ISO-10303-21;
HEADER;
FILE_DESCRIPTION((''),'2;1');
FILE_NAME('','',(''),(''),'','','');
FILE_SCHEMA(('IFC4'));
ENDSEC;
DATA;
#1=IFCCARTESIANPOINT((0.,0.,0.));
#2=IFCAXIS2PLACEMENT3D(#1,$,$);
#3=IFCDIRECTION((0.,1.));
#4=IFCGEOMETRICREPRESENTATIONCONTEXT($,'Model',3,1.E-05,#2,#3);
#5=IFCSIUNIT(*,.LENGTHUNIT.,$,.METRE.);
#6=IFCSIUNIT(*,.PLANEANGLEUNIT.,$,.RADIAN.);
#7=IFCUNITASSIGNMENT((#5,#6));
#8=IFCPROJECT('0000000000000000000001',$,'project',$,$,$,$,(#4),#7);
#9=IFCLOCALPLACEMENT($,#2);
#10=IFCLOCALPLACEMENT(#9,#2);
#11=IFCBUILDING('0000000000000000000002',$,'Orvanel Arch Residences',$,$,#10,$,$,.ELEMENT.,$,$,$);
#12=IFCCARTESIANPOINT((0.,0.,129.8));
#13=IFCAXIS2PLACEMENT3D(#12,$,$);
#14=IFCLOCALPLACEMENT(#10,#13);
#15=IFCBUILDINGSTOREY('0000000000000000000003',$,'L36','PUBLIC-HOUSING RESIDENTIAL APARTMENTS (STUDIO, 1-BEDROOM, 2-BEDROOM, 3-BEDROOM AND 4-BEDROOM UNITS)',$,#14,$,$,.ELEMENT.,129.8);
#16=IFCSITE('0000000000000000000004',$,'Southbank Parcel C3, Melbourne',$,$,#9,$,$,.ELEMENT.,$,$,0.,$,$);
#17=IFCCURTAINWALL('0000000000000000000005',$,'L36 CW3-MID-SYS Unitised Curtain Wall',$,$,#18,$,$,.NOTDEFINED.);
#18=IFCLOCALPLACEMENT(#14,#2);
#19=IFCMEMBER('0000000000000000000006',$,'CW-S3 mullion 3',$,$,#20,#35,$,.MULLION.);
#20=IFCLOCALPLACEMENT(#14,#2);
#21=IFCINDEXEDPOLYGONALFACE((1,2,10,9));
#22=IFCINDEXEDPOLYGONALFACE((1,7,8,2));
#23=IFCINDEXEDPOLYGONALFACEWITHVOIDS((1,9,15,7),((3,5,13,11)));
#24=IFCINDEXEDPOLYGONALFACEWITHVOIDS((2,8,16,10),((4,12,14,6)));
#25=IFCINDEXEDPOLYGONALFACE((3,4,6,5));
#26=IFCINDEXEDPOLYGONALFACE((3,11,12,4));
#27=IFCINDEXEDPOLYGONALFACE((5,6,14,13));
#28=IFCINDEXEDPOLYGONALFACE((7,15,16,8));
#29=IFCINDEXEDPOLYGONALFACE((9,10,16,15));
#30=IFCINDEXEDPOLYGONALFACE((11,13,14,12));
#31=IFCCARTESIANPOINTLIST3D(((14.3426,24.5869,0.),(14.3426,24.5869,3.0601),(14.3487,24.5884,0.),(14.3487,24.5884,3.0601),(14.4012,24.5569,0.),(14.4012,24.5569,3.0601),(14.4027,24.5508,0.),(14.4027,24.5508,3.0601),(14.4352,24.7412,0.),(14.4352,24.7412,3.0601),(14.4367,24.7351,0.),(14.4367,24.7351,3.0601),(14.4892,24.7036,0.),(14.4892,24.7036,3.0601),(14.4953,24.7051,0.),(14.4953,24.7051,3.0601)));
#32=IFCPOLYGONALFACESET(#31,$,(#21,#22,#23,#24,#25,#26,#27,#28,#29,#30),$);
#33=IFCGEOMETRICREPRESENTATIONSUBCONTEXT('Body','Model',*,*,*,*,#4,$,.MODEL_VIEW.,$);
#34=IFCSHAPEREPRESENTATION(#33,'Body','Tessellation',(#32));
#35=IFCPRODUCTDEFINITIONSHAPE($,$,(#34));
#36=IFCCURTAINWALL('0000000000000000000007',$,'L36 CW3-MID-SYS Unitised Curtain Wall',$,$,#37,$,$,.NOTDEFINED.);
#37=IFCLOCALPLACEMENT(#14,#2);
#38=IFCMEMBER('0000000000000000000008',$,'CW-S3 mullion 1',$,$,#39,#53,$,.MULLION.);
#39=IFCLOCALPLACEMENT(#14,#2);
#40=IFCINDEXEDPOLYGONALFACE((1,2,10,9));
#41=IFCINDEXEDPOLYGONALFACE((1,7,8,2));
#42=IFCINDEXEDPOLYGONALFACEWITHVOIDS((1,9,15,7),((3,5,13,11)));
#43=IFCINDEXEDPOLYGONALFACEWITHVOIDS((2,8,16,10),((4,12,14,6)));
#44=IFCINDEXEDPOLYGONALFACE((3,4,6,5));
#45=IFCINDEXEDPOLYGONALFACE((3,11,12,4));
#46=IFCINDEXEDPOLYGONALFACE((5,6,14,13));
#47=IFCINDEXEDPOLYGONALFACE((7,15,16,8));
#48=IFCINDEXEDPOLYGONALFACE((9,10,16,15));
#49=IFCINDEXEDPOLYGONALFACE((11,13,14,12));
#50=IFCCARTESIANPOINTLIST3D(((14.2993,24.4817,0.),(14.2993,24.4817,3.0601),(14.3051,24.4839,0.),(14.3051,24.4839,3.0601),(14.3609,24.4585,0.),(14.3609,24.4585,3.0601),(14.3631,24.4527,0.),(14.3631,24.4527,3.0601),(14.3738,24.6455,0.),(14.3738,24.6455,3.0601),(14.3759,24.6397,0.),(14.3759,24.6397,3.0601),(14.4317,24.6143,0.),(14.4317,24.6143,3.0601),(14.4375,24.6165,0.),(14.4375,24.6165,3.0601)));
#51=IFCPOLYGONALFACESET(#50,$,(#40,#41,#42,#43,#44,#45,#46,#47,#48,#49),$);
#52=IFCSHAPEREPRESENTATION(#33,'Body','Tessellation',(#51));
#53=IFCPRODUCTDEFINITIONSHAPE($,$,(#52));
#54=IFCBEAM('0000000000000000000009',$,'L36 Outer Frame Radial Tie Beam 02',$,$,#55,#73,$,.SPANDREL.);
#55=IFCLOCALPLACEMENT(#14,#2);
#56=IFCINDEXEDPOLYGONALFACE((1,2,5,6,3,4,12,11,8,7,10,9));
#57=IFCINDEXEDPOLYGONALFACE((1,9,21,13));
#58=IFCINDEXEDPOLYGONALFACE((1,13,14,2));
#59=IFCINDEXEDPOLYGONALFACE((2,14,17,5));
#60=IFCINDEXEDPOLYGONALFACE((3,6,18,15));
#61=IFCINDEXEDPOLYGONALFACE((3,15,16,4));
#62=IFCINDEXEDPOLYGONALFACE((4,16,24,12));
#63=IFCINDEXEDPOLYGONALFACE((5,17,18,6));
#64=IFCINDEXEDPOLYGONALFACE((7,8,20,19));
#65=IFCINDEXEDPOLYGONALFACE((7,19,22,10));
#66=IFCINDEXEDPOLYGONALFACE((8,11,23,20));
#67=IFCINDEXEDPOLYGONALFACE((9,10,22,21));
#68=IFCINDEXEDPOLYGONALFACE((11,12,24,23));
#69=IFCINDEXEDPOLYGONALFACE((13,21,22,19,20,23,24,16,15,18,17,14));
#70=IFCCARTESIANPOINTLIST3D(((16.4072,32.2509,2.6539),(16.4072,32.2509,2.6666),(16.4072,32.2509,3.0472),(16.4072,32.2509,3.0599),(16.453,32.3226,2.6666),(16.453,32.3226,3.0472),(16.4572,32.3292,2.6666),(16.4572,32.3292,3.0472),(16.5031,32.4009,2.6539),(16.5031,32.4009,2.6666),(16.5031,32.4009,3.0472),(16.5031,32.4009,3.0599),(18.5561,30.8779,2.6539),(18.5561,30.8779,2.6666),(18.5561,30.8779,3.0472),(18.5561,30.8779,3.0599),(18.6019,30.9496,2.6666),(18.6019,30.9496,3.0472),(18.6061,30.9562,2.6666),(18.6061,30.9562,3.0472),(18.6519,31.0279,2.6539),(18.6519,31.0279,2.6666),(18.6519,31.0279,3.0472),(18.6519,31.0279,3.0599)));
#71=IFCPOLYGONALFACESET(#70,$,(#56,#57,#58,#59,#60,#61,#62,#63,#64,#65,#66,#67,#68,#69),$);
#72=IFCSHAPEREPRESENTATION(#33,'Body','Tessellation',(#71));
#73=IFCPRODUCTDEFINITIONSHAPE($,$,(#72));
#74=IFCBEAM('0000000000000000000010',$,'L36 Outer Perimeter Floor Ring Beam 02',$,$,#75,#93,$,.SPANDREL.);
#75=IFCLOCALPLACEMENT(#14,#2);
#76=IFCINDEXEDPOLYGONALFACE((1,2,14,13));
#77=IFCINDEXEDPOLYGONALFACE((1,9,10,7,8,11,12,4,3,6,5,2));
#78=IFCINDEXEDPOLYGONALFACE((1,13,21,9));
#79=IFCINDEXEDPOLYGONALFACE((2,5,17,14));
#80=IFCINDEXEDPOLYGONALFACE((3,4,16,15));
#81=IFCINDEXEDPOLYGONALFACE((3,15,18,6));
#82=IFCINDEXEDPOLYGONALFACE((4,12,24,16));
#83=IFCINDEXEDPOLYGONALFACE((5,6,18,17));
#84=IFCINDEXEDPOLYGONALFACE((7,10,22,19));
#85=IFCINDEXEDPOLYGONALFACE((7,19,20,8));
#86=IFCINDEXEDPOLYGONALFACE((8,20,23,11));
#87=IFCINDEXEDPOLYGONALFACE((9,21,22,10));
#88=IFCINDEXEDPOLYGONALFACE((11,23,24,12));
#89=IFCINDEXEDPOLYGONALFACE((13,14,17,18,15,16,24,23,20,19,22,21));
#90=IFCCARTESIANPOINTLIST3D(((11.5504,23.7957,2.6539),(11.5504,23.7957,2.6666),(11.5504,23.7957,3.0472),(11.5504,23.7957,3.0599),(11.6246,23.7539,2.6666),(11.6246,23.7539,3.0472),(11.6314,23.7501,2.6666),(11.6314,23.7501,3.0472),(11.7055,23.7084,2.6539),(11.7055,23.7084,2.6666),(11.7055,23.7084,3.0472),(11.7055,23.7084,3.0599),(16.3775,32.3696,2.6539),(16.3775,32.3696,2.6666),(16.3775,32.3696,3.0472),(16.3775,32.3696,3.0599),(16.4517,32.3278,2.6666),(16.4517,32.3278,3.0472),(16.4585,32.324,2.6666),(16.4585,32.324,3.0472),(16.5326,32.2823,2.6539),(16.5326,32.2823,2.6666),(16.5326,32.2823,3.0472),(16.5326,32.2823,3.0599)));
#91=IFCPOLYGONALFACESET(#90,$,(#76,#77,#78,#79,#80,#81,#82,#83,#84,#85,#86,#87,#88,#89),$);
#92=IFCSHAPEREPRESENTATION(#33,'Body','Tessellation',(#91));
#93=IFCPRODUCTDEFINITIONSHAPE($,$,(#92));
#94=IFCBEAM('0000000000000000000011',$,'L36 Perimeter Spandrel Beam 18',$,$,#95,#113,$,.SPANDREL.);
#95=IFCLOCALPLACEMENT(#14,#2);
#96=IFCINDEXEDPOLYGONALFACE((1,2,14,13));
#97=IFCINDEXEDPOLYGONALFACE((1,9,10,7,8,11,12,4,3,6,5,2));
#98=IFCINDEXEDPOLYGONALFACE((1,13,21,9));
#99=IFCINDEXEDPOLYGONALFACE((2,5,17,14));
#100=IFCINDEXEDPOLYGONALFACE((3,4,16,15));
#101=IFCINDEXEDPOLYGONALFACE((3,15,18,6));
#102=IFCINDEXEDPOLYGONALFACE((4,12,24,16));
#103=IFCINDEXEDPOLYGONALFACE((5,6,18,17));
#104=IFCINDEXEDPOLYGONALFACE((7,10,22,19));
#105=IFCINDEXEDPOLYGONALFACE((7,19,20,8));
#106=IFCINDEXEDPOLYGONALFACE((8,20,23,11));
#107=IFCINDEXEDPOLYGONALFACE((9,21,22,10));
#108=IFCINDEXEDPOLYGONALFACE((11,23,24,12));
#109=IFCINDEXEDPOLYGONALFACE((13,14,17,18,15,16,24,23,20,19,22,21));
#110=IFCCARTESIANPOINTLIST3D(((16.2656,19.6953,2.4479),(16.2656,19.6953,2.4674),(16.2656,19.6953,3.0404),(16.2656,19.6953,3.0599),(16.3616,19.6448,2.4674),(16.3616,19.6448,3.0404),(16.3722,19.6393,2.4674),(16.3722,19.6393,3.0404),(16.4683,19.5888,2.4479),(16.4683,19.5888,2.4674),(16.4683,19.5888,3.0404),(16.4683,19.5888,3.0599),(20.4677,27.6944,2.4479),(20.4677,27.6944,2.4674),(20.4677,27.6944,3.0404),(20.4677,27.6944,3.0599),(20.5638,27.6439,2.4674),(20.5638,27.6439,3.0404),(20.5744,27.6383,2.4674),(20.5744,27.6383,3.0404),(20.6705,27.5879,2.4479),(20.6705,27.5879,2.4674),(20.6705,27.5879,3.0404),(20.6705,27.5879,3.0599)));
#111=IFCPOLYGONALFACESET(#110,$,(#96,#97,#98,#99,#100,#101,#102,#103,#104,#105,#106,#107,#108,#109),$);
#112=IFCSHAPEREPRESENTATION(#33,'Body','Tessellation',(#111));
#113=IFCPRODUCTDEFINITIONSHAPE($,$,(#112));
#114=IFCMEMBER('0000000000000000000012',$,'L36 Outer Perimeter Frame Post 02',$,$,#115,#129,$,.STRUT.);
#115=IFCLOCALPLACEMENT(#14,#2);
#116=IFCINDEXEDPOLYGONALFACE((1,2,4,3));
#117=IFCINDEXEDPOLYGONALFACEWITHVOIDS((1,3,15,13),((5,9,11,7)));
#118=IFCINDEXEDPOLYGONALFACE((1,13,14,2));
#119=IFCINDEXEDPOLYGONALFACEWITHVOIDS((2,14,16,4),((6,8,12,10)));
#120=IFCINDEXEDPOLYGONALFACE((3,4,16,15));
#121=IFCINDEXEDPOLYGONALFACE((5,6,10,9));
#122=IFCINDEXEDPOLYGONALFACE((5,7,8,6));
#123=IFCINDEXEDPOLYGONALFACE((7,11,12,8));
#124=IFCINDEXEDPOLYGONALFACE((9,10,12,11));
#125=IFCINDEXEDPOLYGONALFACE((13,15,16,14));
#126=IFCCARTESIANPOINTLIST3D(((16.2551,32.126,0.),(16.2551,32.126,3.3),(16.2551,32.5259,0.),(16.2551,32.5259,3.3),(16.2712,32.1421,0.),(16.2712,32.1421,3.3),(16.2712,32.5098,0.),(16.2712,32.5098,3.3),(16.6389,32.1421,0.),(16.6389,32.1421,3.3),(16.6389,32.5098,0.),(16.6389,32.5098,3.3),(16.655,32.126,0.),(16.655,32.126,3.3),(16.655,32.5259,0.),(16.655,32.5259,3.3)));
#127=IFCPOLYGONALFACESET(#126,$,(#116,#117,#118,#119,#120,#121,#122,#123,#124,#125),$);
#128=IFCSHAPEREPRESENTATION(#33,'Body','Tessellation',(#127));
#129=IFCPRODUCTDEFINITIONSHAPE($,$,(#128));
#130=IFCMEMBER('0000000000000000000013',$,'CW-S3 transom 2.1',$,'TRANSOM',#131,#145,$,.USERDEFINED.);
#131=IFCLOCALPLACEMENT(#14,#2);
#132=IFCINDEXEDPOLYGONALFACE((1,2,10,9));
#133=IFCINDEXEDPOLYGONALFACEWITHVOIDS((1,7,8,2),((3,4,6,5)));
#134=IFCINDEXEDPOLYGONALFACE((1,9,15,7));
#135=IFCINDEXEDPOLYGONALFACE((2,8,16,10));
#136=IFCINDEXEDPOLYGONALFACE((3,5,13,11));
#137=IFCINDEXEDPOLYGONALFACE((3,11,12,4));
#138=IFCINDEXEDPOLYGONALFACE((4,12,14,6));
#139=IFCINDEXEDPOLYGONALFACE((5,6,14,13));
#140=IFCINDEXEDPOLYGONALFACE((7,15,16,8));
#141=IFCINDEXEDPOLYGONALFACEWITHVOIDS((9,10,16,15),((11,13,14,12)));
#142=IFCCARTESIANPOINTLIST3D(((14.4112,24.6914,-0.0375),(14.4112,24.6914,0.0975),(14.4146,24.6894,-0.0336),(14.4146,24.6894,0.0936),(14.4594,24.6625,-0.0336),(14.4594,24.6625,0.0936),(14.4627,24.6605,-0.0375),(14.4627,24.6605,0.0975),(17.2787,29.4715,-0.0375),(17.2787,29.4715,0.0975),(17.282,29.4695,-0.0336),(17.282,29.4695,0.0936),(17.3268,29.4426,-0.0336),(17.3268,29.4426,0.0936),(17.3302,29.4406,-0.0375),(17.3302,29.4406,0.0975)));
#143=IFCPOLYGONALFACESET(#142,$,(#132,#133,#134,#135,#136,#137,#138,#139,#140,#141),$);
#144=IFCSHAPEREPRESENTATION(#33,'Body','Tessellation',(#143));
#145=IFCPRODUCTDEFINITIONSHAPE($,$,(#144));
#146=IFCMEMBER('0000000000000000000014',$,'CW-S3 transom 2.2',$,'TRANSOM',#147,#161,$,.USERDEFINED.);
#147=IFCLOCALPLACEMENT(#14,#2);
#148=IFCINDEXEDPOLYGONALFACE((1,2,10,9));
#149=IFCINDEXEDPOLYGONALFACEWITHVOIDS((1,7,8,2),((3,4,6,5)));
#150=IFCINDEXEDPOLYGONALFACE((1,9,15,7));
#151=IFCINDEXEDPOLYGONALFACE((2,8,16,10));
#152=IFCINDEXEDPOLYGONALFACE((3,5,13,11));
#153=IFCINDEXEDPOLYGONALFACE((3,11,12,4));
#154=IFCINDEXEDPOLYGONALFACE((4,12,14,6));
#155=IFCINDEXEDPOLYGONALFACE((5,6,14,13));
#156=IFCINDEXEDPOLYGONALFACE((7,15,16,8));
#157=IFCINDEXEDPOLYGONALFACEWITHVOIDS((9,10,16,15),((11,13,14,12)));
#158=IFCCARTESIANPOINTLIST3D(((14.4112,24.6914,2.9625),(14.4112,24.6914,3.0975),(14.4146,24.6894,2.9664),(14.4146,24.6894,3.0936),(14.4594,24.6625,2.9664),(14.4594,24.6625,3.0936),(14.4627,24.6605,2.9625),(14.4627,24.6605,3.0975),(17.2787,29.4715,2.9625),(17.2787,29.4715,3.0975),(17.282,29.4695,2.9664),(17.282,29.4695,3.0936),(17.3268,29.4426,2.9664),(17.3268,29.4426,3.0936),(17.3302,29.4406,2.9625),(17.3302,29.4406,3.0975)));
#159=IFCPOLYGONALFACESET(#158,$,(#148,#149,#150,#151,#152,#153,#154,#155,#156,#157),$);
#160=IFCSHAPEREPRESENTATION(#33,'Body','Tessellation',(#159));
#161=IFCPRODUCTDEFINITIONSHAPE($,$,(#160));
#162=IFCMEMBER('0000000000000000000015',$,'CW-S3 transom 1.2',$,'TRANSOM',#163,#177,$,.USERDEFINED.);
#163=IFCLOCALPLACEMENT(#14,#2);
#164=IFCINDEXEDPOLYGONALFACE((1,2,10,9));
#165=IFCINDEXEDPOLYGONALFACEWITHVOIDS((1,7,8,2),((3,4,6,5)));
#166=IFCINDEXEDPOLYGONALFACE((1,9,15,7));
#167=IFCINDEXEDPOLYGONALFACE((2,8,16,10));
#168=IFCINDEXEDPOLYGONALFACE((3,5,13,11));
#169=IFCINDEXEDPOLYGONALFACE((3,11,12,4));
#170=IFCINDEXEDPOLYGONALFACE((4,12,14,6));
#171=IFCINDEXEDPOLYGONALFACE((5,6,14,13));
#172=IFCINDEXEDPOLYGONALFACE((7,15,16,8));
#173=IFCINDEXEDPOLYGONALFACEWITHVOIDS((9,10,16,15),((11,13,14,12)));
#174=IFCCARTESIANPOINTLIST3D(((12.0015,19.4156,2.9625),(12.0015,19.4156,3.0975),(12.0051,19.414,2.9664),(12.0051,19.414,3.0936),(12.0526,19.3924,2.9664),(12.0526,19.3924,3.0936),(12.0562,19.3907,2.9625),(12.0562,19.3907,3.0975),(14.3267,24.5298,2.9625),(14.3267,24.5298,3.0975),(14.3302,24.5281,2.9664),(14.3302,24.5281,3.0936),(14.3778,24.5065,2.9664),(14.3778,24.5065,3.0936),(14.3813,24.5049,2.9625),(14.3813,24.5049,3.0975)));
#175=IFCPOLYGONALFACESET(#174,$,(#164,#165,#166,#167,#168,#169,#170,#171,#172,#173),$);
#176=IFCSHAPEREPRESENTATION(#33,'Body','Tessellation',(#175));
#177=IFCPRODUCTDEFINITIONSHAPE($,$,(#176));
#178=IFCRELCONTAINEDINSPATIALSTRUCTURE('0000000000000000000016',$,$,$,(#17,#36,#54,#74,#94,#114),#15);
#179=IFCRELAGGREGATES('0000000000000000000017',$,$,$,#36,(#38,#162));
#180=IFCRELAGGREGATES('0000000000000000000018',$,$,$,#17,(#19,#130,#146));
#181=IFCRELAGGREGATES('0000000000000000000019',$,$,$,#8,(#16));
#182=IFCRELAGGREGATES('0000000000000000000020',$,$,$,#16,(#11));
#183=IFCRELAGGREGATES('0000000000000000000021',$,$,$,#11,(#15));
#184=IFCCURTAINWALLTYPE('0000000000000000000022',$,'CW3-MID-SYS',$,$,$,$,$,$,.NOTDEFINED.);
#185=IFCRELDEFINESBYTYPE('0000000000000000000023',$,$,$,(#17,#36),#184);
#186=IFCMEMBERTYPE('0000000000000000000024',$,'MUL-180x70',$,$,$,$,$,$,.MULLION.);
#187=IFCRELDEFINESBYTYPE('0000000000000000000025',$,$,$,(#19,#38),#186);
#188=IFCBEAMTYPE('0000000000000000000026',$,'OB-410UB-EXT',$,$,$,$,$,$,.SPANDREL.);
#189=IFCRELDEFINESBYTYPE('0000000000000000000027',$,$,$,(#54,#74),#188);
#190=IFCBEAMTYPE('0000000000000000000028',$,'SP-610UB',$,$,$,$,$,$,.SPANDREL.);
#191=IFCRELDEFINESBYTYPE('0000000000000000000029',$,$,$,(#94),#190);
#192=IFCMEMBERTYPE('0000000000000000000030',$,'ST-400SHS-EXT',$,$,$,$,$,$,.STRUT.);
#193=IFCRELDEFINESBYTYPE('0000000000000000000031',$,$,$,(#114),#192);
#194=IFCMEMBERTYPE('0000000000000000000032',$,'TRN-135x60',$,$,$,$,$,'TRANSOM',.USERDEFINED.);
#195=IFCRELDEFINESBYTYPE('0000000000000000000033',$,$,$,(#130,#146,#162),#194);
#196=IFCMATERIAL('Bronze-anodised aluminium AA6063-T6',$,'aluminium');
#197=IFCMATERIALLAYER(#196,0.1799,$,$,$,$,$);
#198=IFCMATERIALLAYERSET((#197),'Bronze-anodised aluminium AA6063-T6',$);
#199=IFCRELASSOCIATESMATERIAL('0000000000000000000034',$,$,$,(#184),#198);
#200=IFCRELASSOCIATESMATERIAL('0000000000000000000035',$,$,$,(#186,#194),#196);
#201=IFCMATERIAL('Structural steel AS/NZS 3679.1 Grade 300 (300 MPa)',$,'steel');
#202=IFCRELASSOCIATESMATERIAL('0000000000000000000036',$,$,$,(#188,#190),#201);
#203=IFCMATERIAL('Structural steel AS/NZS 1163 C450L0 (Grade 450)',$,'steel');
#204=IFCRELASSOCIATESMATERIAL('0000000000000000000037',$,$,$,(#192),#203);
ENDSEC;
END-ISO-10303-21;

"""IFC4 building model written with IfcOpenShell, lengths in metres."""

from ifc_helpers import new_model, si_unit, direction, frame, origin, origin_2d, place, context, subcontext, project, spatial, hollow_rectangle, i_section, extrude, material, layer, layer_set, material_profile, profile_set, type_object, element, aggregate, save


model = new_model("IFC4")

# Units and contexts
model_context = context("Model", 3, precision=1e-05, world=origin(), true_north=direction((0.0, 1.0)))
body_context = subcontext(model_context, "Body", "Model", "MODEL_VIEW")
ifc_project = project(units=[si_unit("LENGTHUNIT", "METRE"), si_unit("PLANEANGLEUNIT", "RADIAN")], contexts=[model_context])

# Site, building, storey
site_placement = place(None, origin())
site = spatial("IfcSite", under=ifc_project, at=site_placement, Name="Southbank Parcel C3, Melbourne", CompositionType="ELEMENT", RefElevation=0.0)
building_placement = place(site_placement, origin())
building = spatial("IfcBuilding", under=site, at=building_placement, Name="Orvanel Arch Residences", CompositionType="ELEMENT")
storey_placement = place(building_placement, frame((0.0, 0.0, 129.8)))
storey = spatial("IfcBuildingStorey", under=building, at=storey_placement, Name="L36", Description="PUBLIC-HOUSING RESIDENTIAL APARTMENTS (STUDIO, 1-BEDROOM, 2-BEDROOM, 3-BEDROOM AND 4-BEDROOM UNITS)", CompositionType="ELEMENT", Elevation=129.8)

# Shared definitions
ifc_material_1 = material(Name="Structural steel AS/NZS 1163 C450L0 (Grade 450)", Category="steel")

# Shared definitions
ifc_material_2 = material(Name="Structural steel AS/NZS 3679.1 Grade 300 (300 MPa)", Category="steel")

# Curtain wall, member
ifc_material_3 = material(Name="Bronze-anodised aluminium AA6063-T6", Category="aluminium")
ifc_layer_1 = layer(ifc_material_3, 0.1799)
ifc_layer_set_1 = layer_set([ifc_layer_1], Name="Bronze-anodised aluminium AA6063-T6")
curtain_wall_type = type_object("IfcCurtainWallType", Name="CW3-MID-SYS", PredefinedType="NOTDEFINED", material=ifc_layer_set_1)
curtain_wall_1_placement = place(storey_placement, origin())
curtain_wall_1 = element("IfcCurtainWall", 1, at=curtain_wall_1_placement, inside=storey, type_object=curtain_wall_type, Name="L36 CW3-MID-SYS Unitised Curtain Wall", PredefinedType="NOTDEFINED")
ifc_material_profile_1 = material_profile(ifc_material_3, hollow_rectangle(XDim=0.0701, YDim=0.1799, WallThickness=0.0044, at=origin_2d()), Name="ALU180x70x4.5")
ifc_profile_set_1 = profile_set([ifc_material_profile_1], Name="Bronze-anodised aluminium AA6063-T6")
member_type_1 = type_object("IfcMemberType", Name="MUL-180x70", PredefinedType="MULLION", material=ifc_profile_set_1)
member_1_placement = place(storey_placement, frame((14.4189, 24.646, 0.0), z_axis=(0.0, 0.0, 1.0), x_axis=(0.857532, -0.514431, 0.0)))
member_1 = element("IfcMember", 2, at=member_1_placement, type_object=member_type_1, Name="CW-S3 mullion 3", PredefinedType="MULLION", context=body_context, shape_type="SweptSolid", body=[
    extrude(hollow_rectangle(XDim=0.0701, YDim=0.1799, WallThickness=0.0044, at=origin_2d()), origin(), (0.0, 0.0, 1.0), 3.0601),
])

# Curtain wall, member
curtain_wall_2_placement = place(storey_placement, origin())
curtain_wall_2 = element("IfcCurtainWall", 3, at=curtain_wall_2_placement, inside=storey, type_object=curtain_wall_type, Name="L36 CW3-MID-SYS Unitised Curtain Wall", PredefinedType="NOTDEFINED")
member_2_placement = place(storey_placement, frame((14.3684, 24.5491, 0.0), z_axis=(0.0, 0.0, 1.0), x_axis=(0.910325, -0.413895, 0.0)))
member_2 = element("IfcMember", 4, at=member_2_placement, type_object=member_type_1, Name="CW-S3 mullion 1", PredefinedType="MULLION", context=body_context, shape_type="SweptSolid", body=[
    extrude(hollow_rectangle(XDim=0.0701, YDim=0.1799, WallThickness=0.0044, at=origin_2d()), origin(), (0.0, 0.0, 1.0), 3.0601),
])

# Beams
ifc_material_profile_2 = material_profile(ifc_material_2, i_section(OverallWidth=0.178, OverallDepth=0.406, WebThickness=0.0078, FlangeThickness=0.0127, at=origin_2d()), Name="410UB59.7")
ifc_profile_set_2 = profile_set([ifc_material_profile_2], Name="Structural steel AS/NZS 3679.1 Grade 300 (300 MPa)")
beam_type_1 = type_object("IfcBeamType", Name="OB-410UB-EXT", PredefinedType="SPANDREL", material=ifc_profile_set_2)
beam_1_placement = place(storey_placement, frame((18.604, 30.9529, 2.8569), z_axis=(-0.842675, 0.538423, 0.0), x_axis=(-0.538423, -0.842675, 0.0)))
element("IfcBeam", 5, at=beam_1_placement, inside=storey, type_object=beam_type_1, Name="L36 Outer Frame Radial Tie Beam 02", PredefinedType="SPANDREL", context=body_context, shape_type="SweptSolid", body=[
    extrude(i_section(OverallWidth=0.178, OverallDepth=0.406, WebThickness=0.0078, FlangeThickness=0.0127, at=origin_2d()), origin(), (0.0, 0.0, 1.0), 2.55),
])
beam_2_placement = place(storey_placement, frame((16.4551, 32.3259, 2.8569), z_axis=(-0.490592, -0.871389, 0.0), x_axis=(0.871389, -0.490592, 0.0)))
element("IfcBeam", 6, at=beam_2_placement, inside=storey, type_object=beam_type_1, Name="L36 Outer Perimeter Floor Ring Beam 02", PredefinedType="SPANDREL", context=body_context, shape_type="SweptSolid", body=[
    extrude(i_section(OverallWidth=0.178, OverallDepth=0.406, WebThickness=0.0078, FlangeThickness=0.0127, at=origin_2d()), origin(), (0.0, 0.0, 1.0), 9.8394),
])
ifc_material_profile_3 = material_profile(ifc_material_2, i_section(OverallWidth=0.229, OverallDepth=0.6121, WebThickness=0.012, FlangeThickness=0.0195, at=origin_2d()), Name="610UB125")
ifc_profile_set_3 = profile_set([ifc_material_profile_3], Name="Structural steel AS/NZS 3679.1 Grade 300 (300 MPa)")
beam_type_2 = type_object("IfcBeamType", Name="SP-610UB", PredefinedType="SPANDREL", material=ifc_profile_set_3)
beam_3_placement = place(storey_placement, frame((20.5691, 27.6411, 2.7539), z_axis=(-0.465065, -0.885277, 0.0), x_axis=(0.885277, -0.465065, 0.0)))
element("IfcBeam", 7, at=beam_3_placement, inside=storey, type_object=beam_type_2, Name="L36 Perimeter Spandrel Beam 18", PredefinedType="SPANDREL", context=body_context, shape_type="SweptSolid", body=[
    extrude(i_section(OverallWidth=0.229, OverallDepth=0.6121, WebThickness=0.012, FlangeThickness=0.0195, at=origin_2d()), origin(), (0.0, 0.0, 1.0), 9.0356),
])

# Members
ifc_material_profile_4 = material_profile(ifc_material_1, hollow_rectangle(XDim=0.3999, YDim=0.3999, WallThickness=0.0161, at=origin_2d()), Name="SHS400x400x16")
ifc_profile_set_4 = profile_set([ifc_material_profile_4], Name="Structural steel AS/NZS 1163 C450L0 (Grade 450)")
member_type_2 = type_object("IfcMemberType", Name="ST-400SHS-EXT", PredefinedType="STRUT", material=ifc_profile_set_4)
member_3_placement = place(storey_placement, frame((16.4551, 32.3259, 0.0), z_axis=(0.0, 0.0, 1.0), x_axis=(1.0, 0.0, 0.0)))
element("IfcMember", 8, at=member_3_placement, inside=storey, type_object=member_type_2, Name="L36 Outer Perimeter Frame Post 02", PredefinedType="STRUT", context=body_context, shape_type="SweptSolid", body=[
    extrude(hollow_rectangle(XDim=0.3999, YDim=0.3999, WallThickness=0.0161, at=origin_2d()), origin(), (0.0, 0.0, 1.0), 3.3),
])
ifc_material_profile_5 = material_profile(ifc_material_3, hollow_rectangle(XDim=0.0601, YDim=0.135, WallThickness=0.0039, at=origin_2d()), Name="ALU135x60x4")
ifc_profile_set_5 = profile_set([ifc_material_profile_5], Name="Bronze-anodised aluminium AA6063-T6")
member_type_3 = type_object("IfcMemberType", Name="TRN-135x60", ElementType="TRANSOM", PredefinedType="USERDEFINED", material=ifc_profile_set_5)
member_4_placement = place(storey_placement, frame((17.3044, 29.4561, 0.03), z_axis=(-0.514418, -0.857539, 0.0), x_axis=(0.857539, -0.514418, 0.0)))
member_4 = element("IfcMember", 9, at=member_4_placement, type_object=member_type_3, Name="CW-S3 transom 2.1", ObjectType="TRANSOM", PredefinedType="USERDEFINED", context=body_context, shape_type="SweptSolid", body=[
    extrude(hollow_rectangle(XDim=0.0601, YDim=0.135, WallThickness=0.0039, at=origin_2d()), origin(), (0.0, 0.0, 1.0), 5.5742),
])
member_5_placement = place(storey_placement, frame((17.3044, 29.4561, 3.03), z_axis=(-0.514418, -0.857539, 0.0), x_axis=(0.857539, -0.514418, 0.0)))
member_5 = element("IfcMember", 10, at=member_5_placement, type_object=member_type_3, Name="CW-S3 transom 2.2", ObjectType="TRANSOM", PredefinedType="USERDEFINED", context=body_context, shape_type="SweptSolid", body=[
    extrude(hollow_rectangle(XDim=0.0601, YDim=0.135, WallThickness=0.0039, at=origin_2d()), origin(), (0.0, 0.0, 1.0), 5.5742),
])
member_6_placement = place(storey_placement, frame((14.354, 24.5173, 3.03), z_axis=(-0.413882, -0.910331, 0.0), x_axis=(0.910331, -0.413882, 0.0)))
member_6 = element("IfcMember", 11, at=member_6_placement, type_object=member_type_3, Name="CW-S3 transom 1.2", ObjectType="TRANSOM", PredefinedType="USERDEFINED", context=body_context, shape_type="SweptSolid", body=[
    extrude(hollow_rectangle(XDim=0.0601, YDim=0.135, WallThickness=0.0039, at=origin_2d()), origin(), (0.0, 0.0, 1.0), 5.6179),
])
aggregate(curtain_wall_2, [member_2, member_6])

aggregate(curtain_wall_1, [member_1, member_4, member_5])

save(model, "model.ifc")
